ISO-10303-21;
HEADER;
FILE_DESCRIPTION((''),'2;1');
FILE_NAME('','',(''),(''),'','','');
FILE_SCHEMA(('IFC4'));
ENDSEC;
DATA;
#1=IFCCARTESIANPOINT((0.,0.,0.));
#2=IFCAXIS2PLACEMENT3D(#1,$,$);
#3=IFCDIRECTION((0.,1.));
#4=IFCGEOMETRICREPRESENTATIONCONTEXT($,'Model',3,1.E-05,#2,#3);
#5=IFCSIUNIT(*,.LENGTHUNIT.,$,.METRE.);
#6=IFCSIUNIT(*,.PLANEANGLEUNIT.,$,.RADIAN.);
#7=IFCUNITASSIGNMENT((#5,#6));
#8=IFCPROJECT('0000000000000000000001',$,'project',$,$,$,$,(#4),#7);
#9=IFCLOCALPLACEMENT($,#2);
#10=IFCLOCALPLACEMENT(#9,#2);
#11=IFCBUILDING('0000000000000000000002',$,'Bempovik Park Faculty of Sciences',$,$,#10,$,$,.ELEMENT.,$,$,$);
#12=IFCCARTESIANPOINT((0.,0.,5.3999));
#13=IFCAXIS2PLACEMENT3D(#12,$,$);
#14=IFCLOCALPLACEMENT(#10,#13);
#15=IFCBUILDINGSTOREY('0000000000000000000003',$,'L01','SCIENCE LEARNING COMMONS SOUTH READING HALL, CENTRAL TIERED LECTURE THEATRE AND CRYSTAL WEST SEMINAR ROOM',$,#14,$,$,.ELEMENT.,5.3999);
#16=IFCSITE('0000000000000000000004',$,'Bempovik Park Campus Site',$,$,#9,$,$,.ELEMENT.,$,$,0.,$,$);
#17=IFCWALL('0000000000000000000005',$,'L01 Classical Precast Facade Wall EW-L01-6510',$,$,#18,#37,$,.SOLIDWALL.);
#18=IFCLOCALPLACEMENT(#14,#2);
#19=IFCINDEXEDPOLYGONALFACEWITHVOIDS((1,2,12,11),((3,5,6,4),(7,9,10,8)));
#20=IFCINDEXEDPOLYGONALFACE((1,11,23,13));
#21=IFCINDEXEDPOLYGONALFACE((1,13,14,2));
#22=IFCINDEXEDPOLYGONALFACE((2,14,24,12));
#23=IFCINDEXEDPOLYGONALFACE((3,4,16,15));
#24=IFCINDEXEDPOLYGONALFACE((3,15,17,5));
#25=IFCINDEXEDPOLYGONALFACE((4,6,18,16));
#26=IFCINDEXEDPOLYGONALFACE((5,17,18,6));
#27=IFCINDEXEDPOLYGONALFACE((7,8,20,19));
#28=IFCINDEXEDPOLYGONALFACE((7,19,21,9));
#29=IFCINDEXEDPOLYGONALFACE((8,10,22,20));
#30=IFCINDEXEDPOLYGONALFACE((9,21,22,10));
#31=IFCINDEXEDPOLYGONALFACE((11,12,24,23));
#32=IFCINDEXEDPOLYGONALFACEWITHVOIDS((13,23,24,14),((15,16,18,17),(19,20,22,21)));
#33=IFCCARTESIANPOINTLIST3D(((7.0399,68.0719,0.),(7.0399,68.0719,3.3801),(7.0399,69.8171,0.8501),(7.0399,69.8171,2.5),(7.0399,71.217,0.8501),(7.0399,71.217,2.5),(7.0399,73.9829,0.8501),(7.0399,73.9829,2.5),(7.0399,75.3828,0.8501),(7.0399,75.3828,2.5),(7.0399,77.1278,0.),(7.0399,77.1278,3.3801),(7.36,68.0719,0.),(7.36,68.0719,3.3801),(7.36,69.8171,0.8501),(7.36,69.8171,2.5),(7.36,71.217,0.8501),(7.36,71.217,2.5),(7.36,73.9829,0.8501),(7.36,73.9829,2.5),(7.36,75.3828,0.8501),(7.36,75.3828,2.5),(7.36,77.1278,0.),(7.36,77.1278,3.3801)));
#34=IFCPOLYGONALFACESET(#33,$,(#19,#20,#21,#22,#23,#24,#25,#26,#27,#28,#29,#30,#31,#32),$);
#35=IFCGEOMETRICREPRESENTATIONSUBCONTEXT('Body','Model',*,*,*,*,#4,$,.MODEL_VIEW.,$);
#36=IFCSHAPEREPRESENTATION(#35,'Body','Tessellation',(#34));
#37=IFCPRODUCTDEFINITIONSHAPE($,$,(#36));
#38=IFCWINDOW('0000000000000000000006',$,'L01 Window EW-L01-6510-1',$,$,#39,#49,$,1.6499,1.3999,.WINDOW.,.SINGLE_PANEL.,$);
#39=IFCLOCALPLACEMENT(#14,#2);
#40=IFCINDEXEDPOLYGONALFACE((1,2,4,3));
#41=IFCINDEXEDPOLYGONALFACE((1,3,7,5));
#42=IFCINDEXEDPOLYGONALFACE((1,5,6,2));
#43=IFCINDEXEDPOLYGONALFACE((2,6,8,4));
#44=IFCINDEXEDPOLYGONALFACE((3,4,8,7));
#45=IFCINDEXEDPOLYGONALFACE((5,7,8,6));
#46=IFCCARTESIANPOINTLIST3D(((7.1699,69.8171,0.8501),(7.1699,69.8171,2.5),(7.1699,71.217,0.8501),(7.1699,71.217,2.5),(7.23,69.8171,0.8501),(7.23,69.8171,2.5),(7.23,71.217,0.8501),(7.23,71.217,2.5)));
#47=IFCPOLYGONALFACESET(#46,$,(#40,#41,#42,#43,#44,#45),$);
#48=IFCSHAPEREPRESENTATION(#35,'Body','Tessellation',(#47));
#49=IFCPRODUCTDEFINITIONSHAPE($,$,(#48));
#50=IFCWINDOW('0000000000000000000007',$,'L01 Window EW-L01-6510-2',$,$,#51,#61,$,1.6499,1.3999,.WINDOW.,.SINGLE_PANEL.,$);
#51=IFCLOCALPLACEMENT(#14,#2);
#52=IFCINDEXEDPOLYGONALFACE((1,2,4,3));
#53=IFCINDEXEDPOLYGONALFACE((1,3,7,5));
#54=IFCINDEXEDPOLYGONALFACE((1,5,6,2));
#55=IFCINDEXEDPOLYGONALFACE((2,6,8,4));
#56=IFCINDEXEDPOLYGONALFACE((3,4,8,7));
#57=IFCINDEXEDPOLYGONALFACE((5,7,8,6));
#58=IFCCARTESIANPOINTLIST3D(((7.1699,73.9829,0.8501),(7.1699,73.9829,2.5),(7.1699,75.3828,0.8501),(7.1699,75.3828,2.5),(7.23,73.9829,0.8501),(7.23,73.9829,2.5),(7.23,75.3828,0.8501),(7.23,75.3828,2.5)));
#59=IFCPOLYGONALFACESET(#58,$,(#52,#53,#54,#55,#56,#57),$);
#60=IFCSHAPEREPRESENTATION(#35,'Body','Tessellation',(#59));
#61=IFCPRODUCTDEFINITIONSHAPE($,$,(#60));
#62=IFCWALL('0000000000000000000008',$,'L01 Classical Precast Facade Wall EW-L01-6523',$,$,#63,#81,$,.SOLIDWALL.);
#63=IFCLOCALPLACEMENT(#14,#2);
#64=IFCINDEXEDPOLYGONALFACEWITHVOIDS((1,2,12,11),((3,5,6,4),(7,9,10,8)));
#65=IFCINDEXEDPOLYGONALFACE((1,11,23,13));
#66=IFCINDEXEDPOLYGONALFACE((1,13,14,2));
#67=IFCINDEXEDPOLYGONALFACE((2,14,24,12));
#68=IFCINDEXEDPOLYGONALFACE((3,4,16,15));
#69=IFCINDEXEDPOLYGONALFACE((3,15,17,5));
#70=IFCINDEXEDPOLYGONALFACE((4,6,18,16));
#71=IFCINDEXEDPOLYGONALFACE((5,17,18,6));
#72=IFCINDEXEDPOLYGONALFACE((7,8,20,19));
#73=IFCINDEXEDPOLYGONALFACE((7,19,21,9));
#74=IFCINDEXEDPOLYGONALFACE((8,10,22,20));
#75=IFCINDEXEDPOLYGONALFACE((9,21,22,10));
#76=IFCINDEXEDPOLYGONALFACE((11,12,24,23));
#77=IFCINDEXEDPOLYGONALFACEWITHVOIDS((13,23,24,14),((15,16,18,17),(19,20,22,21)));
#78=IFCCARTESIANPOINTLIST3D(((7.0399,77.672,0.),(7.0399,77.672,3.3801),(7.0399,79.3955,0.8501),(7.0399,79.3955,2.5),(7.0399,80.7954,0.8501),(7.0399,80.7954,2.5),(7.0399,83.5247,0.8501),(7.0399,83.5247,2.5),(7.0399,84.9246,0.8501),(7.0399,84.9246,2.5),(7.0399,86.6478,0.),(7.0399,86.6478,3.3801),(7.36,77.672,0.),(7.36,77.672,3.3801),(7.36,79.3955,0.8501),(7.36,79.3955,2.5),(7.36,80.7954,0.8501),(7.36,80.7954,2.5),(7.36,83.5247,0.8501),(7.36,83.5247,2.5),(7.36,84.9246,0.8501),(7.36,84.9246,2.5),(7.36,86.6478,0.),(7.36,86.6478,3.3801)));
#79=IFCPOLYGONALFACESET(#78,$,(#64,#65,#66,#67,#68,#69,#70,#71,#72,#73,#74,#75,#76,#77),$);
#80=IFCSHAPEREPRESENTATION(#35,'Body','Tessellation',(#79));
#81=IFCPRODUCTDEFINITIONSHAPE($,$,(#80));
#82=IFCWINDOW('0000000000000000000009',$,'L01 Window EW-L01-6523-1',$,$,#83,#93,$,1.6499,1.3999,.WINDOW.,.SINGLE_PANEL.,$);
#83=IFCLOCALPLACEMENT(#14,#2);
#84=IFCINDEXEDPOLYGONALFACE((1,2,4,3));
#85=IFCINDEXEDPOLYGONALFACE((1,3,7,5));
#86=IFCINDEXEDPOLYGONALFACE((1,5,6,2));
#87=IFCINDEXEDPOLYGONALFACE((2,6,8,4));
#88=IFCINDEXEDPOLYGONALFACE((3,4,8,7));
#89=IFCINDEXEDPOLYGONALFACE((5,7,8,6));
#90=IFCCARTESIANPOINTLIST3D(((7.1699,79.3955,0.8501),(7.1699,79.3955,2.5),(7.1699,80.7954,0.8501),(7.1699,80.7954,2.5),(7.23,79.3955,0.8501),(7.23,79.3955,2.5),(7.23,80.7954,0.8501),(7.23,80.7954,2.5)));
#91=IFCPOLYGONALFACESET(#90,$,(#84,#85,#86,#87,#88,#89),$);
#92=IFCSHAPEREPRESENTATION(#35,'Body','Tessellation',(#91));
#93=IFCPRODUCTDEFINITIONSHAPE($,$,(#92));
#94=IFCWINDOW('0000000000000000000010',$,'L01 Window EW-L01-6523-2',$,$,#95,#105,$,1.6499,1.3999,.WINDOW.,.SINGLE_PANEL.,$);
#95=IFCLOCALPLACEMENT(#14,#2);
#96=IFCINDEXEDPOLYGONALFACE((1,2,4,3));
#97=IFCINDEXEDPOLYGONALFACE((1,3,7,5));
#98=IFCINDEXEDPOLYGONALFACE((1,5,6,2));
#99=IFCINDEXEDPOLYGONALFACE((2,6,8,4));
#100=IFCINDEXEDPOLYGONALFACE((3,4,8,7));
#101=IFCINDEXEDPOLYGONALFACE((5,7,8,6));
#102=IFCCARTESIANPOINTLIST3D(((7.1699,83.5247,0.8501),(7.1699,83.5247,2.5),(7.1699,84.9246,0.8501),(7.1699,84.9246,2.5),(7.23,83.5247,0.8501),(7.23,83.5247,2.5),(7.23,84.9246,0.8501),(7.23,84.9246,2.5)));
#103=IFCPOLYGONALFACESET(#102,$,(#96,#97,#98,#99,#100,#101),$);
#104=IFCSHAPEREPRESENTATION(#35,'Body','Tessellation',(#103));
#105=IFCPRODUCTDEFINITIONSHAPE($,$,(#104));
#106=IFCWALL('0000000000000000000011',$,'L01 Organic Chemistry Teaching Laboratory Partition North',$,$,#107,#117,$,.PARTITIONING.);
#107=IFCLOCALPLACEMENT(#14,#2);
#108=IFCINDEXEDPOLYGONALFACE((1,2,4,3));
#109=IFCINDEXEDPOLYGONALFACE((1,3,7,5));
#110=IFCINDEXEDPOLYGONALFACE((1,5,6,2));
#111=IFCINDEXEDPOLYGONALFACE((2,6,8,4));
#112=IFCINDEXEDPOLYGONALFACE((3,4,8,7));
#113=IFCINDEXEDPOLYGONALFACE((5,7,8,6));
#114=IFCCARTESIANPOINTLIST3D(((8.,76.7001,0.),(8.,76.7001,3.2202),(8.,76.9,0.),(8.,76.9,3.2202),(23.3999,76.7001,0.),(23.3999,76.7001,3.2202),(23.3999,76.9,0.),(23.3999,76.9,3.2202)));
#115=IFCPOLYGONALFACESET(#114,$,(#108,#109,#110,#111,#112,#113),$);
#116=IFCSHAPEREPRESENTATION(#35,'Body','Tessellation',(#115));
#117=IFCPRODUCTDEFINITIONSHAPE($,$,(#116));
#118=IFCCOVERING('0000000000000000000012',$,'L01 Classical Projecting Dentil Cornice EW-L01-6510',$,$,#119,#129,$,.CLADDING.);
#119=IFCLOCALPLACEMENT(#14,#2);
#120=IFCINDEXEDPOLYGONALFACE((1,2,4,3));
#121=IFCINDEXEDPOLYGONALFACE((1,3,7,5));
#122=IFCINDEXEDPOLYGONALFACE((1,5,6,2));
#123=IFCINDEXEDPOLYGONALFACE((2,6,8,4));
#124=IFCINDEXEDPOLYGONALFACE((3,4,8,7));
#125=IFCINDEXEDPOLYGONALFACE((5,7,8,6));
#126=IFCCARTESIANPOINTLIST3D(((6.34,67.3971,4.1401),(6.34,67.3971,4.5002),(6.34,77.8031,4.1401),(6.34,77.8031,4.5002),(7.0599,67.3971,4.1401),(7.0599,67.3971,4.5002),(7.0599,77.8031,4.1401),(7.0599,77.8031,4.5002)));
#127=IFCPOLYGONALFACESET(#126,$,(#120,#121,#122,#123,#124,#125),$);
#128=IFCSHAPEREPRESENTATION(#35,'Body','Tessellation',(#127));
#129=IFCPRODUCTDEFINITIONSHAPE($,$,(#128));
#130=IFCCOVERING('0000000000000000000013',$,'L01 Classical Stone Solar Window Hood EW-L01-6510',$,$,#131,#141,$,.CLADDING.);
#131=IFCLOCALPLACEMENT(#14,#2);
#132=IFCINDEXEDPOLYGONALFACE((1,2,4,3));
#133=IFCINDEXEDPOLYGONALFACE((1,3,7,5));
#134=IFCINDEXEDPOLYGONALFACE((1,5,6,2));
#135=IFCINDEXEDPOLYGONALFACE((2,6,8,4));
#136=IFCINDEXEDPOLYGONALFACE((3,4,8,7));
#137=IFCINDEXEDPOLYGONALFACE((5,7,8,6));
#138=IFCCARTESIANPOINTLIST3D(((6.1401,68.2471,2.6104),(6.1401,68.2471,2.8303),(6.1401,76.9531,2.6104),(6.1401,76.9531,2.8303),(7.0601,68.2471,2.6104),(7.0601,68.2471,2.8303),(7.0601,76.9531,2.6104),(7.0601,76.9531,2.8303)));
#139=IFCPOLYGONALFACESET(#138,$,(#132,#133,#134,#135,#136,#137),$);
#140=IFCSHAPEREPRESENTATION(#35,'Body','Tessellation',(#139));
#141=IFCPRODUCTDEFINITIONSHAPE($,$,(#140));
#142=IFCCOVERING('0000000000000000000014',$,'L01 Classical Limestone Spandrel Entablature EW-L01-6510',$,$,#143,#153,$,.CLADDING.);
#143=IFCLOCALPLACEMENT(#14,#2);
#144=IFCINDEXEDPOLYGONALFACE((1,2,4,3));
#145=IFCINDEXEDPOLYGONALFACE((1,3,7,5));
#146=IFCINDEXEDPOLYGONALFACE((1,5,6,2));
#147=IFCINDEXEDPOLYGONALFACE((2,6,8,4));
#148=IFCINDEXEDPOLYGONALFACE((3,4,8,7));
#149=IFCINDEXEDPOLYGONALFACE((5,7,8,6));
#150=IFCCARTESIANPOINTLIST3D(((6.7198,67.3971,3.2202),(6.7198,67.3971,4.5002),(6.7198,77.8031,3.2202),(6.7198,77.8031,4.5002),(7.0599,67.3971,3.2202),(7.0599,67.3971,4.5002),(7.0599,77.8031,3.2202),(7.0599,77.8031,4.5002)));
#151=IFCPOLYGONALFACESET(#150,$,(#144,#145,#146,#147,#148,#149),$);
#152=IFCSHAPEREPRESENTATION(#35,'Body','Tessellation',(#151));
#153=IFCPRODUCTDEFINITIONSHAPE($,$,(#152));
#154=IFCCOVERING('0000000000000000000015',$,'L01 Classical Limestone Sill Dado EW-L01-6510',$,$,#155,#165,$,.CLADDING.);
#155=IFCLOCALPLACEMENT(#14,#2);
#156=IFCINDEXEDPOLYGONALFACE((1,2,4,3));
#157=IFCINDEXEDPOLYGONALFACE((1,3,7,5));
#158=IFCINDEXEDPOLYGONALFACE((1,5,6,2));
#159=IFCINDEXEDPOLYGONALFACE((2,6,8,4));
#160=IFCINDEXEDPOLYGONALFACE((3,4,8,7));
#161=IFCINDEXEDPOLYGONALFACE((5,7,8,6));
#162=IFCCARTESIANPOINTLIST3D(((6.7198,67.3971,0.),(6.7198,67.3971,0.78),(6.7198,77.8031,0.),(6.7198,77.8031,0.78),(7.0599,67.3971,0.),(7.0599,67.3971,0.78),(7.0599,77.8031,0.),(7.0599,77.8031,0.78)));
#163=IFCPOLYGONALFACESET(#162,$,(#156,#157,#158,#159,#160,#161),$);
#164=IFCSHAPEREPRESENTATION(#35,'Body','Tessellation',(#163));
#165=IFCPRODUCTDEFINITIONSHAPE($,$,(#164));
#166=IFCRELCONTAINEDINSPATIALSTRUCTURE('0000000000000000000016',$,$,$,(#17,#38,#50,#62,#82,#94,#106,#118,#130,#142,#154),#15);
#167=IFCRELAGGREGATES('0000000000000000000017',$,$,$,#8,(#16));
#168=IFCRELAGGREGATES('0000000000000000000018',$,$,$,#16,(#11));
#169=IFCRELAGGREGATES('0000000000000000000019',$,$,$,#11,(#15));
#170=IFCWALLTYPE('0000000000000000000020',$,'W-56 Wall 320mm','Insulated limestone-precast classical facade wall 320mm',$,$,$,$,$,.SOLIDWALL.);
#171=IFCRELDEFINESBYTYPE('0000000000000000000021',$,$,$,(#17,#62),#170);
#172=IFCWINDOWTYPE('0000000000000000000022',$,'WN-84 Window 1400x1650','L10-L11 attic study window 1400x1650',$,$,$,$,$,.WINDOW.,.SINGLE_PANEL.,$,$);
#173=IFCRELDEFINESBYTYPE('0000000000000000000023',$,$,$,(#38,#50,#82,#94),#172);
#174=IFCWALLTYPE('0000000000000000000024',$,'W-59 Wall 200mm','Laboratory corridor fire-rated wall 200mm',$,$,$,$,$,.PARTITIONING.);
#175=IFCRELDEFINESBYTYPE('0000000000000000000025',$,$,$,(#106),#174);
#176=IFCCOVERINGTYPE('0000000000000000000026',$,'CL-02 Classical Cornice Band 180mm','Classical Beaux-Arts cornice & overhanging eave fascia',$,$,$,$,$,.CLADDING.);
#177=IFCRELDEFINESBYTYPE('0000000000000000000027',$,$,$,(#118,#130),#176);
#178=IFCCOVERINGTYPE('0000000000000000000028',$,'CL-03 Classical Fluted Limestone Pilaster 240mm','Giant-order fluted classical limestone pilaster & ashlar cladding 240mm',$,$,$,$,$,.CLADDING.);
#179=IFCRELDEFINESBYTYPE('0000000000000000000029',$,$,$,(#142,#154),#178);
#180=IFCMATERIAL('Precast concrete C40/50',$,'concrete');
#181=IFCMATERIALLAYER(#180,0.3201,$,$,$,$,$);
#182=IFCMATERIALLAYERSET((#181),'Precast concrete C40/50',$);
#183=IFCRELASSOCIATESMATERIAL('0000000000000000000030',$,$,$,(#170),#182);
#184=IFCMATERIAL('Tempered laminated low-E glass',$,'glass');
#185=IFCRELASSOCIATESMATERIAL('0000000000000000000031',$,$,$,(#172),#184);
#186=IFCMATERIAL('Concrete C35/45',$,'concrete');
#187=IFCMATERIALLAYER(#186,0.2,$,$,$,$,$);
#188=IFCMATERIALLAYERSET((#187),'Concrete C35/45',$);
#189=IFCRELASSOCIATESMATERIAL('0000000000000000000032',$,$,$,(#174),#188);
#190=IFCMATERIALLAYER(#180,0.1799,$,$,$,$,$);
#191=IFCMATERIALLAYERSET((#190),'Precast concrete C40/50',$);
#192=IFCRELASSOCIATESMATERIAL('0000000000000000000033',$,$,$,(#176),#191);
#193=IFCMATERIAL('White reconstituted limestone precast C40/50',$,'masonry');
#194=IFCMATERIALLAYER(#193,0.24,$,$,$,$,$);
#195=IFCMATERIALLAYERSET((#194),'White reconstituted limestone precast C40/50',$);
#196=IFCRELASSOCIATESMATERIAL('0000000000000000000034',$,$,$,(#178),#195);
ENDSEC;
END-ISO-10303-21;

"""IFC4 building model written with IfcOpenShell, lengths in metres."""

from ifc_helpers import new_model, si_unit, direction, frame, frame_2d, origin, origin_2d, place, context, subcontext, project, spatial, rectangle, extrude, material, layer, layer_set, type_object, element, fill, save


model = new_model("IFC4")

# Units and contexts
model_context = context("Model", 3, precision=1e-05, world=origin(), true_north=direction((0.0, 1.0)))
body_context = subcontext(model_context, "Body", "Model", "MODEL_VIEW")
ifc_project = project(units=[si_unit("LENGTHUNIT", "METRE"), si_unit("PLANEANGLEUNIT", "RADIAN")], contexts=[model_context])

# Site, building, storey
site_placement = place(None, origin())
site = spatial("IfcSite", under=ifc_project, at=site_placement, Name="Bempovik Park Campus Site", CompositionType="ELEMENT", RefElevation=0.0)
building_placement = place(site_placement, origin())
building = spatial("IfcBuilding", under=site, at=building_placement, Name="Bempovik Park Faculty of Sciences", CompositionType="ELEMENT")
storey_placement = place(building_placement, frame((0.0, 0.0, 5.3999)))
storey = spatial("IfcBuildingStorey", under=building, at=storey_placement, Name="L01", Description="SCIENCE LEARNING COMMONS SOUTH READING HALL, CENTRAL TIERED LECTURE THEATRE AND CRYSTAL WEST SEMINAR ROOM", CompositionType="ELEMENT", Elevation=5.3999)

# Shared definitions
ifc_material_1 = material(Name="Concrete C35/45", Category="concrete")

# Walls, openings, windows
ifc_material_2 = material(Name="Precast concrete C40/50", Category="concrete")
ifc_layer_1 = layer(ifc_material_2, 0.3201)
ifc_layer_set_1 = layer_set([ifc_layer_1], Name="Precast concrete C40/50")
wall_type_1 = type_object("IfcWallType", Name="W-56 Wall 320mm", Description="Insulated limestone-precast classical facade wall 320mm", PredefinedType="SOLIDWALL", material=ifc_layer_set_1)
wall_1_placement = place(storey_placement, frame((7.2, 68.072, 0.0), z_axis=(0.0, 0.0, 1.0), x_axis=(0.0, 1.0, 0.0)))
wall_1 = element("IfcWall", 1, at=wall_1_placement, inside=storey, type_object=wall_type_1, Name="L01 Classical Precast Facade Wall EW-L01-6510", PredefinedType="SOLIDWALL", context=body_context, shape_type="SweptSolid", body=[
    extrude(rectangle(XDim=9.0559, YDim=0.3201, at=frame_2d((4.5278, 0.0))), origin(), (0.0, 0.0, 1.0), 3.3801),
])
opening_1_placement = place(wall_1_placement, frame((1.7451, 0.0, 0.8501)))
opening_1 = element("IfcOpeningElement", 2, at=opening_1_placement, cuts=wall_1, PredefinedType="OPENING", context=body_context, shape_type="SweptSolid", body=[
    extrude(rectangle(XDim=1.3999, YDim=1.6499, at=frame_2d((0.7, 0.825))), frame((0.0, 0.1699, 0.0), z_axis=(0.0, -1.0, 0.0), x_axis=(1.0, 0.0, 0.0)), (0.0, 0.0, 1.0), 0.3401),
])
opening_2_placement = place(wall_1_placement, frame((5.9109, 0.0, 0.8501)))
opening_2 = element("IfcOpeningElement", 3, at=opening_2_placement, cuts=wall_1, PredefinedType="OPENING", context=body_context, shape_type="SweptSolid", body=[
    extrude(rectangle(XDim=1.3999, YDim=1.6499, at=frame_2d((0.7, 0.825))), frame((0.0, 0.1699, 0.0), z_axis=(0.0, -1.0, 0.0), x_axis=(1.0, 0.0, 0.0)), (0.0, 0.0, 1.0), 0.3401),
])
ifc_material_3 = material(Name="Tempered laminated low-E glass", Category="glass")
window_type = type_object("IfcWindowType", Name="WN-84 Window 1400x1650", Description="L10-L11 attic study window 1400x1650", PartitioningType="SINGLE_PANEL", PredefinedType="WINDOW", material=ifc_material_3)
window_1_placement = place(opening_1_placement, origin())
window_1 = element("IfcWindow", 4, at=window_1_placement, inside=storey, type_object=window_type, Name="L01 Window EW-L01-6510-1", OverallHeight=1.6499, OverallWidth=1.3999, PartitioningType="SINGLE_PANEL", PredefinedType="WINDOW", context=body_context, shape_type="SweptSolid", body=[
    extrude(rectangle(XDim=1.3999, YDim=1.6499, at=frame_2d((0.7, 0.825))), frame((0.0, 0.03, 0.0), z_axis=(0.0, -1.0, 0.0), x_axis=(1.0, 0.0, 0.0)), (0.0, 0.0, 1.0), 0.0601),
])
fill(opening_1, window_1)
window_2_placement = place(opening_2_placement, origin())
window_2 = element("IfcWindow", 5, at=window_2_placement, inside=storey, type_object=window_type, Name="L01 Window EW-L01-6510-2", OverallHeight=1.6499, OverallWidth=1.3999, PartitioningType="SINGLE_PANEL", PredefinedType="WINDOW", context=body_context, shape_type="SweptSolid", body=[
    extrude(rectangle(XDim=1.3999, YDim=1.6499, at=frame_2d((0.7, 0.825))), frame((0.0, 0.03, 0.0), z_axis=(0.0, -1.0, 0.0), x_axis=(1.0, 0.0, 0.0)), (0.0, 0.0, 1.0), 0.0601),
])
fill(opening_2, window_2)
wall_2_placement = place(storey_placement, frame((7.2, 77.6721, 0.0), z_axis=(0.0, 0.0, 1.0), x_axis=(0.0, 1.0, 0.0)))
wall_2 = element("IfcWall", 6, at=wall_2_placement, inside=storey, type_object=wall_type_1, Name="L01 Classical Precast Facade Wall EW-L01-6523", PredefinedType="SOLIDWALL", context=body_context, shape_type="SweptSolid", body=[
    extrude(rectangle(XDim=8.9758, YDim=0.3201, at=frame_2d((4.4878, 0.0))), origin(), (0.0, 0.0, 1.0), 3.3801),
])
opening_3_placement = place(wall_2_placement, frame((1.7234, 0.0, 0.8501)))
opening_3 = element("IfcOpeningElement", 7, at=opening_3_placement, cuts=wall_2, PredefinedType="OPENING", context=body_context, shape_type="SweptSolid", body=[
    extrude(rectangle(XDim=1.3999, YDim=1.6499, at=frame_2d((0.7, 0.825))), frame((0.0, 0.1699, 0.0), z_axis=(0.0, -1.0, 0.0), x_axis=(1.0, 0.0, 0.0)), (0.0, 0.0, 1.0), 0.3401),
])
opening_4_placement = place(wall_2_placement, frame((5.8525, 0.0, 0.8501)))
opening_4 = element("IfcOpeningElement", 8, at=opening_4_placement, cuts=wall_2, PredefinedType="OPENING", context=body_context, shape_type="SweptSolid", body=[
    extrude(rectangle(XDim=1.3999, YDim=1.6499, at=frame_2d((0.7, 0.825))), frame((0.0, 0.1699, 0.0), z_axis=(0.0, -1.0, 0.0), x_axis=(1.0, 0.0, 0.0)), (0.0, 0.0, 1.0), 0.3401),
])
window_3_placement = place(opening_3_placement, origin())
window_3 = element("IfcWindow", 9, at=window_3_placement, inside=storey, type_object=window_type, Name="L01 Window EW-L01-6523-1", OverallHeight=1.6499, OverallWidth=1.3999, PartitioningType="SINGLE_PANEL", PredefinedType="WINDOW", context=body_context, shape_type="SweptSolid", body=[
    extrude(rectangle(XDim=1.3999, YDim=1.6499, at=frame_2d((0.7, 0.825))), frame((0.0, 0.03, 0.0), z_axis=(0.0, -1.0, 0.0), x_axis=(1.0, 0.0, 0.0)), (0.0, 0.0, 1.0), 0.0601),
])
fill(opening_3, window_3)
window_4_placement = place(opening_4_placement, origin())
window_4 = element("IfcWindow", 10, at=window_4_placement, inside=storey, type_object=window_type, Name="L01 Window EW-L01-6523-2", OverallHeight=1.6499, OverallWidth=1.3999, PartitioningType="SINGLE_PANEL", PredefinedType="WINDOW", context=body_context, shape_type="SweptSolid", body=[
    extrude(rectangle(XDim=1.3999, YDim=1.6499, at=frame_2d((0.7, 0.825))), frame((0.0, 0.03, 0.0), z_axis=(0.0, -1.0, 0.0), x_axis=(1.0, 0.0, 0.0)), (0.0, 0.0, 1.0), 0.0601),
])
fill(opening_4, window_4)

# Wall
ifc_layer_2 = layer(ifc_material_1, 0.2)
ifc_layer_set_2 = layer_set([ifc_layer_2], Name="Concrete C35/45")
wall_type_2 = type_object("IfcWallType", Name="W-59 Wall 200mm", Description="Laboratory corridor fire-rated wall 200mm", PredefinedType="PARTITIONING", material=ifc_layer_set_2)
wall_3_placement = place(storey_placement, frame((8.0, 76.8, 0.0), z_axis=(0.0, 0.0, 1.0), x_axis=(1.0, 0.0, 0.0)))
element("IfcWall", 11, at=wall_3_placement, inside=storey, type_object=wall_type_2, Name="L01 Organic Chemistry Teaching Laboratory Partition North", PredefinedType="PARTITIONING", context=body_context, shape_type="SweptSolid", body=[
    extrude(rectangle(XDim=15.3999, YDim=0.2, at=frame_2d((7.7, 0.0))), origin(), (0.0, 0.0, 1.0), 3.2202),
])

# Coverings
ifc_layer_3 = layer(ifc_material_2, 0.1799)
ifc_layer_set_3 = layer_set([ifc_layer_3], Name="Precast concrete C40/50")
covering_type_1 = type_object("IfcCoveringType", Name="CL-02 Classical Cornice Band 180mm", Description="Classical Beaux-Arts cornice & overhanging eave fascia", PredefinedType="CLADDING", material=ifc_layer_set_3)
covering_1_placement = place(storey_placement, frame((6.7, 72.6001, 4.1401), z_axis=(0.0, 0.0, 1.0), x_axis=(1.0, 0.0, 0.0)))
element("IfcCovering", 12, at=covering_1_placement, inside=storey, type_object=covering_type_1, Name="L01 Classical Projecting Dentil Cornice EW-L01-6510", PredefinedType="CLADDING", context=body_context, shape_type="SweptSolid", body=[
    extrude(rectangle(XDim=0.72, YDim=10.406, at=origin_2d()), origin(), (0.0, 0.0, 1.0), 0.3601),
])
covering_2_placement = place(storey_placement, frame((6.6001, 72.6001, 2.6104), z_axis=(0.0, 0.0, 1.0), x_axis=(1.0, 0.0, 0.0)))
element("IfcCovering", 13, at=covering_2_placement, inside=storey, type_object=covering_type_1, Name="L01 Classical Stone Solar Window Hood EW-L01-6510", PredefinedType="CLADDING", context=body_context, shape_type="SweptSolid", body=[
    extrude(rectangle(XDim=0.9199, YDim=8.7061, at=origin_2d()), origin(), (0.0, 0.0, 1.0), 0.22),
])
ifc_material_4 = material(Name="White reconstituted limestone precast C40/50", Category="masonry")
ifc_layer_4 = layer(ifc_material_4, 0.24)
ifc_layer_set_4 = layer_set([ifc_layer_4], Name="White reconstituted limestone precast C40/50")
covering_type_2 = type_object("IfcCoveringType", Name="CL-03 Classical Fluted Limestone Pilaster 240mm", Description="Giant-order fluted classical limestone pilaster & ashlar cladding 240mm", PredefinedType="CLADDING", material=ifc_layer_set_4)
covering_3_placement = place(storey_placement, frame((6.8899, 72.6001, 3.2202), z_axis=(0.0, 0.0, 1.0), x_axis=(1.0, 0.0, 0.0)))
element("IfcCovering", 14, at=covering_3_placement, inside=storey, type_object=covering_type_2, Name="L01 Classical Limestone Spandrel Entablature EW-L01-6510", PredefinedType="CLADDING", context=body_context, shape_type="SweptSolid", body=[
    extrude(rectangle(XDim=0.3401, YDim=10.406, at=origin_2d()), origin(), (0.0, 0.0, 1.0), 1.28),
])
covering_4_placement = place(storey_placement, frame((6.8899, 72.6001, 0.0), z_axis=(0.0, 0.0, 1.0), x_axis=(1.0, 0.0, 0.0)))
element("IfcCovering", 15, at=covering_4_placement, inside=storey, type_object=covering_type_2, Name="L01 Classical Limestone Sill Dado EW-L01-6510", PredefinedType="CLADDING", context=body_context, shape_type="SweptSolid", body=[
    extrude(rectangle(XDim=0.3401, YDim=10.406, at=origin_2d()), origin(), (0.0, 0.0, 1.0), 0.78),
])

save(model, "model.ifc")
